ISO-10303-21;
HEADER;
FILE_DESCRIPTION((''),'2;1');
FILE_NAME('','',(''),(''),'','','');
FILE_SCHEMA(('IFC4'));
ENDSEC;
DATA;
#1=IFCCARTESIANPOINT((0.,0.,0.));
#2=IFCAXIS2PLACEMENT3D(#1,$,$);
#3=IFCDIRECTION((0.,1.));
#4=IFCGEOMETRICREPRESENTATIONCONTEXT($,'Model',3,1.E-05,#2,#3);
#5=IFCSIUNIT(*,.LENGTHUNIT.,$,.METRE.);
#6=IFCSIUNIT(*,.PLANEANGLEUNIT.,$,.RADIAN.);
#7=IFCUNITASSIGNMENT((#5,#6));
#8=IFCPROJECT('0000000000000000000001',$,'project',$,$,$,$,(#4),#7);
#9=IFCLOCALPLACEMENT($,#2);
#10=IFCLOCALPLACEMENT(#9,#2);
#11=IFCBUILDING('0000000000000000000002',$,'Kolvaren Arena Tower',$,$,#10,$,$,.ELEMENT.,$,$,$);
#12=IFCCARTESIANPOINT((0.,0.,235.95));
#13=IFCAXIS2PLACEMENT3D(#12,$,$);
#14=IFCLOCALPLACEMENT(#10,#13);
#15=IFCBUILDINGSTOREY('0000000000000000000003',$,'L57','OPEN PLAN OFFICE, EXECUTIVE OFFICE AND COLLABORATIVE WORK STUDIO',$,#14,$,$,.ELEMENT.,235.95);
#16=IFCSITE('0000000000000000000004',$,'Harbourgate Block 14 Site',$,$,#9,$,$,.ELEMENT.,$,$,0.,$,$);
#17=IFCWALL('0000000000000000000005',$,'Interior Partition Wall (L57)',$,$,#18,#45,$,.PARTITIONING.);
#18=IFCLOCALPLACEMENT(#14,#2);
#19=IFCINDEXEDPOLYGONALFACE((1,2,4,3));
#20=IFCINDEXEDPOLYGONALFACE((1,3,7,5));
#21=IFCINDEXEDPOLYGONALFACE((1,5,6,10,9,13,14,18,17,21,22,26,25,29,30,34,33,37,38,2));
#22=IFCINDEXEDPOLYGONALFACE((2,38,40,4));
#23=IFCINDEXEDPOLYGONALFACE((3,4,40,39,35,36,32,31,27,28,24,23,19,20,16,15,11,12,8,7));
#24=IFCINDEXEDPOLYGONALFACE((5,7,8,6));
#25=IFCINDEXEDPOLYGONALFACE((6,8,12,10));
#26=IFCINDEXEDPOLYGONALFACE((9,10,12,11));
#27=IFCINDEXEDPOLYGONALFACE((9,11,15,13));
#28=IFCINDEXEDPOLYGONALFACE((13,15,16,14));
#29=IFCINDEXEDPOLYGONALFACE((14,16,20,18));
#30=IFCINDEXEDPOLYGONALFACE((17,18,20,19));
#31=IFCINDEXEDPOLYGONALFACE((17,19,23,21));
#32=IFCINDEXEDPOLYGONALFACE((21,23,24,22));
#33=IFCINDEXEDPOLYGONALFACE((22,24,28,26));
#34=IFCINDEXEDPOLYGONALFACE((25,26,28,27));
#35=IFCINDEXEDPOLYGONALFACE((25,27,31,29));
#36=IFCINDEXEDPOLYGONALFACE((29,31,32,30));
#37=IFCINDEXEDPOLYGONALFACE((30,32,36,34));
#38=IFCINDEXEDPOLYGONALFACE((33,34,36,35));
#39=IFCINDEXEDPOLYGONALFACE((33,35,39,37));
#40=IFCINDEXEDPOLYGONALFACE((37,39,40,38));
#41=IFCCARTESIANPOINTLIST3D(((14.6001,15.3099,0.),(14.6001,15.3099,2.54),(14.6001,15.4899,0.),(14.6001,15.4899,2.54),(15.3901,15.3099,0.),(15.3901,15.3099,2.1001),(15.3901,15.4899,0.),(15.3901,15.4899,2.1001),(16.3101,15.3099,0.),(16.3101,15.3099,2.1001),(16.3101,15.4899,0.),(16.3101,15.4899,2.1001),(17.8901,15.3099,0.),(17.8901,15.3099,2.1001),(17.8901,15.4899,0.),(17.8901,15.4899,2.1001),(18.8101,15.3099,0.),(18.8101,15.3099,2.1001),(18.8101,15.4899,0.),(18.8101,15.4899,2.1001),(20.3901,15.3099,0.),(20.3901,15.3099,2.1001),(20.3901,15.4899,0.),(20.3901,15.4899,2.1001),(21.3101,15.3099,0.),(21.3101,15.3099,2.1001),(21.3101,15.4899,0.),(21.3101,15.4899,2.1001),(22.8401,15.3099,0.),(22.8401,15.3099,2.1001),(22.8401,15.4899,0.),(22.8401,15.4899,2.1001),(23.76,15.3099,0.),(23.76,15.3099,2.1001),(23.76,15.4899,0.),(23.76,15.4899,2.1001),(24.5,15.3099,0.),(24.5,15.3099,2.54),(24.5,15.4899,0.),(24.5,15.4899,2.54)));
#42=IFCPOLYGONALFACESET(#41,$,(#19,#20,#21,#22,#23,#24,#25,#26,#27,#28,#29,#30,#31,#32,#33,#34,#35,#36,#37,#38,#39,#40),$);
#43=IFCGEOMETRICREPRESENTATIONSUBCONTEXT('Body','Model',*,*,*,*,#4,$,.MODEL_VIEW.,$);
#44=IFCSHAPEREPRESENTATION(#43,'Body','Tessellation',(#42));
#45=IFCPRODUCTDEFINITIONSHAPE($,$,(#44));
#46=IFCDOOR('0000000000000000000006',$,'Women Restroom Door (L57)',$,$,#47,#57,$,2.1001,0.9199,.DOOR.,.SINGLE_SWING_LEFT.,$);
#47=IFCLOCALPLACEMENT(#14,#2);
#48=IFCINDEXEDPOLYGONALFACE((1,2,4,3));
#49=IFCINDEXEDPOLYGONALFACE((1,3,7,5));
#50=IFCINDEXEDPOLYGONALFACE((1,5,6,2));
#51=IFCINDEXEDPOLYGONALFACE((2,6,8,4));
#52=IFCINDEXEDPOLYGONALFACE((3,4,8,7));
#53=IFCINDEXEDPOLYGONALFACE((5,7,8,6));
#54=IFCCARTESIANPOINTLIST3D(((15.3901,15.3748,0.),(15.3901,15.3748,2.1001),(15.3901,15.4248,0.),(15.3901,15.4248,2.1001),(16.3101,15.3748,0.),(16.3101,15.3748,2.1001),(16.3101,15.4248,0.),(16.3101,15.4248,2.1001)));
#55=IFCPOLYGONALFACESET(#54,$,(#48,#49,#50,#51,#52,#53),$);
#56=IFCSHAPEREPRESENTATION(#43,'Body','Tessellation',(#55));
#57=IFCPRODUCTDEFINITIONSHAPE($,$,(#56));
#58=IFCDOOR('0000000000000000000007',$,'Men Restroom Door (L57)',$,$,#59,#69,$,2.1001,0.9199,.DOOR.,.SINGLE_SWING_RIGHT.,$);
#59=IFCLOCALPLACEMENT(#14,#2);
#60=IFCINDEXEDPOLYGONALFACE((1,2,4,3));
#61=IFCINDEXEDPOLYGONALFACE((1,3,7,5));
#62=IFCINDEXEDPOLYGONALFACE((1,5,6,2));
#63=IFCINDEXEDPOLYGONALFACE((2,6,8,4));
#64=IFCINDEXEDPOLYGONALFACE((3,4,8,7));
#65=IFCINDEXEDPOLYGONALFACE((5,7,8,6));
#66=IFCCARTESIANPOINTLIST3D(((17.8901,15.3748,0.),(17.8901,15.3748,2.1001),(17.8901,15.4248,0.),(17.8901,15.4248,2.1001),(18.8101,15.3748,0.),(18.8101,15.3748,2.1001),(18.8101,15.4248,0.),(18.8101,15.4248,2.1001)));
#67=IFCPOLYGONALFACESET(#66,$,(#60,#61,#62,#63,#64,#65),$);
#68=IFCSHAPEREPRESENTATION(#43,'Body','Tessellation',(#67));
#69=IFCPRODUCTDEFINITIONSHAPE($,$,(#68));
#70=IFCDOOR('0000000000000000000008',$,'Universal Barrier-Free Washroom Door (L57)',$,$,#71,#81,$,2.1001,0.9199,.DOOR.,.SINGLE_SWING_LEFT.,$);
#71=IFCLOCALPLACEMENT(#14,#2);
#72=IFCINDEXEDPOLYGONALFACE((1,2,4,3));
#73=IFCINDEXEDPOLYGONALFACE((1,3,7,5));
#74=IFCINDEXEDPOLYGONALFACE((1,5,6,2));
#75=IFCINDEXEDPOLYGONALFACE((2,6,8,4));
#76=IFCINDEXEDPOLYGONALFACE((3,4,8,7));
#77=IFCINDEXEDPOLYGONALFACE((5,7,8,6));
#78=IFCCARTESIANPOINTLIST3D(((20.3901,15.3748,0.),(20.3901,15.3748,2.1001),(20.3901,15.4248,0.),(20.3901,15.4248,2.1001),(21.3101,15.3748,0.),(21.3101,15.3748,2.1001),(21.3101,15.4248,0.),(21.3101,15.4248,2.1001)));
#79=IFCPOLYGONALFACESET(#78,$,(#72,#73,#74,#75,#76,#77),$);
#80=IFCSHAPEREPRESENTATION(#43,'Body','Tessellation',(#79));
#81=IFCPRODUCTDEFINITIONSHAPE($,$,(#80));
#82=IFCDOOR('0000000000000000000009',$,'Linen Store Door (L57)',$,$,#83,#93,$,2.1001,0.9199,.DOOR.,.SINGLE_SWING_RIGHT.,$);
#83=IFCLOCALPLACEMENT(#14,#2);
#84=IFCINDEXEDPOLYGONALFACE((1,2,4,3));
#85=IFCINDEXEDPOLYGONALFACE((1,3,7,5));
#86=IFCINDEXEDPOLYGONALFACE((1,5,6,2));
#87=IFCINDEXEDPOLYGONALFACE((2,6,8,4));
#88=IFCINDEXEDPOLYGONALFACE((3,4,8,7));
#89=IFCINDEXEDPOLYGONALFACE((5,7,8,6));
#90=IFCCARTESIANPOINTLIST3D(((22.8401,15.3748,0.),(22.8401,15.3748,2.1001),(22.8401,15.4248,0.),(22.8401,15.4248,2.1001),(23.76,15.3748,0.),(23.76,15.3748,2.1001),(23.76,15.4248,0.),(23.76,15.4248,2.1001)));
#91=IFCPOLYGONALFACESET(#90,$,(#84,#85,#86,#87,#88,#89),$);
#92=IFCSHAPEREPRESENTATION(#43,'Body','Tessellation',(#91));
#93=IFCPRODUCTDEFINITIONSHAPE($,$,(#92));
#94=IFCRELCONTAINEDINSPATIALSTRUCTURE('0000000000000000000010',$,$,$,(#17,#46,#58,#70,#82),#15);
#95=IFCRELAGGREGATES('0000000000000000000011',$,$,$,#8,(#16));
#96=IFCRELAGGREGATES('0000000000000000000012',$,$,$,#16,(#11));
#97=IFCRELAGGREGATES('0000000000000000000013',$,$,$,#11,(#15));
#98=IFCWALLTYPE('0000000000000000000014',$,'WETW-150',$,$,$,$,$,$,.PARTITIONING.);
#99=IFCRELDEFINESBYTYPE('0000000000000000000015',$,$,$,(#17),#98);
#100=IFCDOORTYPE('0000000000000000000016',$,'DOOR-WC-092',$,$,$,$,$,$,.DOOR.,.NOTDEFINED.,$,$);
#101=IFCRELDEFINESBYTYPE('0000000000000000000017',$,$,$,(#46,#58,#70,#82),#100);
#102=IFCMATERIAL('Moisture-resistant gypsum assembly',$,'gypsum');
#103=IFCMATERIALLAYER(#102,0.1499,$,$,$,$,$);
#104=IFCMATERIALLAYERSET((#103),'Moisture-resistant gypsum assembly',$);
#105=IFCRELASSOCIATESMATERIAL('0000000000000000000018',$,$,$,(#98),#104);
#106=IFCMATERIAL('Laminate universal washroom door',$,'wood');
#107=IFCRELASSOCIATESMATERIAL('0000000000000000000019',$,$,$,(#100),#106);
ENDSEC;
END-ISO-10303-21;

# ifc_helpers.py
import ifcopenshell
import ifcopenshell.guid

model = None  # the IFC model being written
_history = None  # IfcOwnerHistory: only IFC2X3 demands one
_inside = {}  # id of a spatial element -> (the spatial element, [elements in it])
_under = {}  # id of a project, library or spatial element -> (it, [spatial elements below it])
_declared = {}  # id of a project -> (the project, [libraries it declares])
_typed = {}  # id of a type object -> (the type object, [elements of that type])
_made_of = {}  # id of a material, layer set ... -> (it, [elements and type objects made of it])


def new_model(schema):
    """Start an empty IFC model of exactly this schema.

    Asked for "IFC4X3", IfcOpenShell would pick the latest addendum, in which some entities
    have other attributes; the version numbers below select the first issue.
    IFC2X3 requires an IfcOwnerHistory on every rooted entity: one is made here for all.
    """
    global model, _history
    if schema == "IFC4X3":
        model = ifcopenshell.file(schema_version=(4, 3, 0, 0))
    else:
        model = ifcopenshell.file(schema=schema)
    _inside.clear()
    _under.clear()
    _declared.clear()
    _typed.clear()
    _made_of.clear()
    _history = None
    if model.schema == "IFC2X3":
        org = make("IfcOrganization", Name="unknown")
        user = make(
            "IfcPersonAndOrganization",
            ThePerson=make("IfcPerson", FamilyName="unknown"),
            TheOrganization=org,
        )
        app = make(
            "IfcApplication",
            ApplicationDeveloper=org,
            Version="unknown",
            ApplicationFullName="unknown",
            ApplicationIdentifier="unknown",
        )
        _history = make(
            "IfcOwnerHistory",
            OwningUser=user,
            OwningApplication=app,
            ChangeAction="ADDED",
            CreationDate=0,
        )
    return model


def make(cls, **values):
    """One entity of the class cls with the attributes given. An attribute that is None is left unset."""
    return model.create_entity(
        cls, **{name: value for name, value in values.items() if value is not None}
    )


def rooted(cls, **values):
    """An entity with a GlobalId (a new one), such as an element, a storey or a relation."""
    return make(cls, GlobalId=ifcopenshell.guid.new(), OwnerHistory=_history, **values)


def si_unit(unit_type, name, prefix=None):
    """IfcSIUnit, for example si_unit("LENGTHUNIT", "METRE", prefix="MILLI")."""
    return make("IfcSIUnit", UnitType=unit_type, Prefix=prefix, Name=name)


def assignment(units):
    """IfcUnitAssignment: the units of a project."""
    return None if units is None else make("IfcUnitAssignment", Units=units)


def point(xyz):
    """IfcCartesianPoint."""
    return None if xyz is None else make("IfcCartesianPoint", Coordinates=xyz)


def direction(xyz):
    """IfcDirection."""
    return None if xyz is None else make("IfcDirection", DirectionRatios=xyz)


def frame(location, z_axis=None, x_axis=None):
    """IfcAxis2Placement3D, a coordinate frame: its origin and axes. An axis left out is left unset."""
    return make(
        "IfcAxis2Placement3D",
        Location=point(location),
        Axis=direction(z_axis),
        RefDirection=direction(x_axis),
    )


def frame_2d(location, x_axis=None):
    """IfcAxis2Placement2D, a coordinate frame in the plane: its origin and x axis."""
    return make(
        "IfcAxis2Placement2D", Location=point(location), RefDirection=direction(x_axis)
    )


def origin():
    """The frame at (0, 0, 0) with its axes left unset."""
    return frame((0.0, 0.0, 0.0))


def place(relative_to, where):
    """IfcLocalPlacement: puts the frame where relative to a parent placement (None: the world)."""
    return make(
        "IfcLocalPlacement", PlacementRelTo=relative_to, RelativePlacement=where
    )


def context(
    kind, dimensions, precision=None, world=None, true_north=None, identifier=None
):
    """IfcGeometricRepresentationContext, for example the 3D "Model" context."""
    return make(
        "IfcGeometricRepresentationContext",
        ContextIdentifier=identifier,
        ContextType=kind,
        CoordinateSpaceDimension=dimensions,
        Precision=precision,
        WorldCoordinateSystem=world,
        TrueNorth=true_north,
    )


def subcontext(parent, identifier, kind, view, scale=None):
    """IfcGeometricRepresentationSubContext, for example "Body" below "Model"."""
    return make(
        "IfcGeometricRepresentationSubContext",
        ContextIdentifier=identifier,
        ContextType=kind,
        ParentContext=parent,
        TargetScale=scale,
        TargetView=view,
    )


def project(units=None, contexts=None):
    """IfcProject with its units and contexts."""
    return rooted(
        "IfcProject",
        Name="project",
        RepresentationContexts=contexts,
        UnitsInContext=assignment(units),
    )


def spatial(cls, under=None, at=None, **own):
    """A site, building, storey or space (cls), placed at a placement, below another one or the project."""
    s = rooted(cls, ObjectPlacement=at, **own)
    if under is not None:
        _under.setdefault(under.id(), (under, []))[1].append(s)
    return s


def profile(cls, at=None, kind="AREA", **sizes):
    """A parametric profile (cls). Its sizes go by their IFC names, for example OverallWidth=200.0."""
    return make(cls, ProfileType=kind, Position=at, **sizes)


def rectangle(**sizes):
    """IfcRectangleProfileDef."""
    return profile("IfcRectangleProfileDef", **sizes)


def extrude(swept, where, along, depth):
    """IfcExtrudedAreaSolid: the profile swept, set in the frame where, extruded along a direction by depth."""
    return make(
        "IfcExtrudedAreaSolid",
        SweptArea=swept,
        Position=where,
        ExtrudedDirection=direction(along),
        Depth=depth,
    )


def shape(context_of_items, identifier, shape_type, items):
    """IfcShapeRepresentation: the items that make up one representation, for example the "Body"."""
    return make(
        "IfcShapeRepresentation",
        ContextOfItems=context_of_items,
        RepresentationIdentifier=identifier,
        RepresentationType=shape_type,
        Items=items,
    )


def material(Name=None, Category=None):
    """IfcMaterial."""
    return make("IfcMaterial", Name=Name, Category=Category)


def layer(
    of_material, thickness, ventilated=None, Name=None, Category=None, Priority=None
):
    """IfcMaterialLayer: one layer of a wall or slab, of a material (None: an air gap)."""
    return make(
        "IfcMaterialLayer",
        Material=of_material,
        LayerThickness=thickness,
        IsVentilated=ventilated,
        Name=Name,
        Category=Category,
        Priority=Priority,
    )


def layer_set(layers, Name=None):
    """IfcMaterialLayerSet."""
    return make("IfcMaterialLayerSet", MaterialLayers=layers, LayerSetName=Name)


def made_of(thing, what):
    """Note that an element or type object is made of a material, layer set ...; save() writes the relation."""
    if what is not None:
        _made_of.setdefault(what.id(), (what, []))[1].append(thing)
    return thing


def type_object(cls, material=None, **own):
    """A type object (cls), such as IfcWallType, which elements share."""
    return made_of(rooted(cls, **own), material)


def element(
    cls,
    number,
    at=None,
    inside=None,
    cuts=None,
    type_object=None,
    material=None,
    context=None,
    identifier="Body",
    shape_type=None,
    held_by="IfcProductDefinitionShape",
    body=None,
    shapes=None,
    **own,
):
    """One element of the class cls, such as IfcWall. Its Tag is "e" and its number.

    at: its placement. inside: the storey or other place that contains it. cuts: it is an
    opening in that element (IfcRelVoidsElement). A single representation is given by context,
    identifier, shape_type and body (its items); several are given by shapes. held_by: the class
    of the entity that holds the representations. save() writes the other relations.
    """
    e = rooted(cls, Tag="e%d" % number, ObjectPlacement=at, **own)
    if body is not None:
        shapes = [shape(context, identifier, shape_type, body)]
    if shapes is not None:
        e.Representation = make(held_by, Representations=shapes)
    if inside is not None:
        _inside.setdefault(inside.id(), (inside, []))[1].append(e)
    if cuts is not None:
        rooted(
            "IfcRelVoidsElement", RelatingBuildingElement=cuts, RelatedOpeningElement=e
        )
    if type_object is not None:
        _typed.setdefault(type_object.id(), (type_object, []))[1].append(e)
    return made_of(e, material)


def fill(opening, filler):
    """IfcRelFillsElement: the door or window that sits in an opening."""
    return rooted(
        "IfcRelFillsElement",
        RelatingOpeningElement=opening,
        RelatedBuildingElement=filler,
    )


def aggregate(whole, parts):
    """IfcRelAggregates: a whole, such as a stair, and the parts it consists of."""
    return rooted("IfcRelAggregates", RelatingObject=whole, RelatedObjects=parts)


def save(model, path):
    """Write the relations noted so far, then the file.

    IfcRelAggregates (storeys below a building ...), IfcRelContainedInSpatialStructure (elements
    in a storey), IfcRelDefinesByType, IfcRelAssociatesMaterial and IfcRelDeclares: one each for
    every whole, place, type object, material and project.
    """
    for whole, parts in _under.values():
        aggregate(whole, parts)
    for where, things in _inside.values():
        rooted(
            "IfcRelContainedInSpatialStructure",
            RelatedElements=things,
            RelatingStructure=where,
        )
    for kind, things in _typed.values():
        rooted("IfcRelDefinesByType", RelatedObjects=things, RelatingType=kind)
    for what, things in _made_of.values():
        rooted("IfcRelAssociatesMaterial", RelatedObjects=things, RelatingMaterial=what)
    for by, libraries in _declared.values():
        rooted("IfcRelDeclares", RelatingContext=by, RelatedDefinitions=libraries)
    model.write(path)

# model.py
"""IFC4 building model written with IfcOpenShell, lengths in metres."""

from ifc_helpers import new_model, si_unit, direction, frame, frame_2d, origin, place, context, subcontext, project, spatial, rectangle, extrude, material, layer, layer_set, type_object, element, fill, save


model = new_model("IFC4")

# Units and contexts
model_context = context("Model", 3, precision=1e-05, world=origin(), true_north=direction((0.0, 1.0)))
body_context = subcontext(model_context, "Body", "Model", "MODEL_VIEW")
ifc_project = project(units=[si_unit("LENGTHUNIT", "METRE"), si_unit("PLANEANGLEUNIT", "RADIAN")], contexts=[model_context])

# Site, building, storey
site_placement = place(None, origin())
site = spatial("IfcSite", under=ifc_project, at=site_placement, Name="Harbourgate Block 14 Site", CompositionType="ELEMENT", RefElevation=0.0)
building_placement = place(site_placement, origin())
building = spatial("IfcBuilding", under=site, at=building_placement, Name="Kolvaren Arena Tower", CompositionType="ELEMENT")
storey_placement = place(building_placement, frame((0.0, 0.0, 235.95)))
storey = spatial("IfcBuildingStorey", under=building, at=storey_placement, Name="L57", Description="OPEN PLAN OFFICE, EXECUTIVE OFFICE AND COLLABORATIVE WORK STUDIO", CompositionType="ELEMENT", Elevation=235.95)

# Wall, openings, doors
ifc_material_1 = material(Name="Moisture-resistant gypsum assembly", Category="gypsum")
ifc_layer_1 = layer(ifc_material_1, 0.1499)
ifc_layer_set_1 = layer_set([ifc_layer_1], Name="Moisture-resistant gypsum assembly")
wall_type_1 = type_object("IfcWallType", Name="WETW-150", PredefinedType="PARTITIONING", material=ifc_layer_set_1)
wall_1_placement = place(storey_placement, frame((14.6001, 15.3999, 0.0), z_axis=(0.0, 0.0, 1.0), x_axis=(1.0, 0.0, 0.0)))
wall_1 = element("IfcWall", 1, at=wall_1_placement, inside=storey, type_object=wall_type_1, Name="Interior Partition Wall (L57)", PredefinedType="PARTITIONING", context=body_context, shape_type="SweptSolid", body=[
    extrude(rectangle(XDim=9.8999, YDim=0.1799, at=frame_2d((4.95, 0.0))), origin(), (0.0, 0.0, 1.0), 2.54),
])
opening_1_placement = place(wall_1_placement, frame((0.79, 0.0, 0.0)))
opening_1 = element("IfcOpeningElement", 2, at=opening_1_placement, cuts=wall_1, PredefinedType="OPENING", context=body_context, shape_type="SweptSolid", body=[
    extrude(rectangle(XDim=0.9199, YDim=2.1001, at=frame_2d((0.46, 1.05))), frame((0.0, 0.0999, 0.0), z_axis=(0.0, -1.0, 0.0), x_axis=(1.0, 0.0, 0.0)), (0.0, 0.0, 1.0), 0.2),
])
opening_2_placement = place(wall_1_placement, frame((3.29, 0.0, 0.0)))
opening_2 = element("IfcOpeningElement", 3, at=opening_2_placement, cuts=wall_1, PredefinedType="OPENING", context=body_context, shape_type="SweptSolid", body=[
    extrude(rectangle(XDim=0.9199, YDim=2.1001, at=frame_2d((0.46, 1.05))), frame((0.0, 0.0999, 0.0), z_axis=(0.0, -1.0, 0.0), x_axis=(1.0, 0.0, 0.0)), (0.0, 0.0, 1.0), 0.2),
])
opening_3_placement = place(wall_1_placement, frame((5.79, 0.0, 0.0)))
opening_3 = element("IfcOpeningElement", 4, at=opening_3_placement, cuts=wall_1, PredefinedType="OPENING", context=body_context, shape_type="SweptSolid", body=[
    extrude(rectangle(XDim=0.9199, YDim=2.1001, at=frame_2d((0.46, 1.05))), frame((0.0, 0.0999, 0.0), z_axis=(0.0, -1.0, 0.0), x_axis=(1.0, 0.0, 0.0)), (0.0, 0.0, 1.0), 0.2),
])
opening_4_placement = place(wall_1_placement, frame((8.24, 0.0, 0.0)))
opening_4 = element("IfcOpeningElement", 5, at=opening_4_placement, cuts=wall_1, PredefinedType="OPENING", context=body_context, shape_type="SweptSolid", body=[
    extrude(rectangle(XDim=0.9199, YDim=2.1001, at=frame_2d((0.46, 1.05))), frame((0.0, 0.0999, 0.0), z_axis=(0.0, -1.0, 0.0), x_axis=(1.0, 0.0, 0.0)), (0.0, 0.0, 1.0), 0.2),
])
ifc_material_2 = material(Name="Laminate universal washroom door", Category="wood")
door_type_1 = type_object("IfcDoorType", Name="DOOR-WC-092", OperationType="NOTDEFINED", PredefinedType="DOOR", material=ifc_material_2)
door_1_placement = place(opening_1_placement, origin())
door_1 = element("IfcDoor", 6, at=door_1_placement, inside=storey, type_object=door_type_1, Name="Women Restroom Door (L57)", OperationType="SINGLE_SWING_LEFT", OverallHeight=2.1001, OverallWidth=0.9199, PredefinedType="DOOR", context=body_context, shape_type="SweptSolid", body=[
    extrude(rectangle(XDim=0.9199, YDim=2.1001, at=frame_2d((0.46, 1.05))), frame((0.0, 0.0249, 0.0), z_axis=(0.0, -1.0, 0.0), x_axis=(1.0, 0.0, 0.0)), (0.0, 0.0, 1.0), 0.05),
])
fill(opening_1, door_1)
door_2_placement = place(opening_2_placement, origin())
door_2 = element("IfcDoor", 7, at=door_2_placement, inside=storey, type_object=door_type_1, Name="Men Restroom Door (L57)", OperationType="SINGLE_SWING_RIGHT", OverallHeight=2.1001, OverallWidth=0.9199, PredefinedType="DOOR", context=body_context, shape_type="SweptSolid", body=[
    extrude(rectangle(XDim=0.9199, YDim=2.1001, at=frame_2d((0.46, 1.05))), frame((0.0, 0.0249, 0.0), z_axis=(0.0, -1.0, 0.0), x_axis=(1.0, 0.0, 0.0)), (0.0, 0.0, 1.0), 0.05),
])
fill(opening_2, door_2)
door_3_placement = place(opening_3_placement, origin())
door_3 = element("IfcDoor", 8, at=door_3_placement, inside=storey, type_object=door_type_1, Name="Universal Barrier-Free Washroom Door (L57)", OperationType="SINGLE_SWING_LEFT", OverallHeight=2.1001, OverallWidth=0.9199, PredefinedType="DOOR", context=body_context, shape_type="SweptSolid", body=[
    extrude(rectangle(XDim=0.9199, YDim=2.1001, at=frame_2d((0.46, 1.05))), frame((0.0, 0.0249, 0.0), z_axis=(0.0, -1.0, 0.0), x_axis=(1.0, 0.0, 0.0)), (0.0, 0.0, 1.0), 0.05),
])
fill(opening_3, door_3)
door_4_placement = place(opening_4_placement, origin())
door_4 = element("IfcDoor", 9, at=door_4_placement, inside=storey, type_object=door_type_1, Name="Linen Store Door (L57)", OperationType="SINGLE_SWING_RIGHT", OverallHeight=2.1001, OverallWidth=0.9199, PredefinedType="DOOR", context=body_context, shape_type="SweptSolid", body=[
    extrude(rectangle(XDim=0.9199, YDim=2.1001, at=frame_2d((0.46, 1.05))), frame((0.0, 0.0249, 0.0), z_axis=(0.0, -1.0, 0.0), x_axis=(1.0, 0.0, 0.0)), (0.0, 0.0, 1.0), 0.05),
])
fill(opening_4, door_4)

save(model, "model.ifc")
